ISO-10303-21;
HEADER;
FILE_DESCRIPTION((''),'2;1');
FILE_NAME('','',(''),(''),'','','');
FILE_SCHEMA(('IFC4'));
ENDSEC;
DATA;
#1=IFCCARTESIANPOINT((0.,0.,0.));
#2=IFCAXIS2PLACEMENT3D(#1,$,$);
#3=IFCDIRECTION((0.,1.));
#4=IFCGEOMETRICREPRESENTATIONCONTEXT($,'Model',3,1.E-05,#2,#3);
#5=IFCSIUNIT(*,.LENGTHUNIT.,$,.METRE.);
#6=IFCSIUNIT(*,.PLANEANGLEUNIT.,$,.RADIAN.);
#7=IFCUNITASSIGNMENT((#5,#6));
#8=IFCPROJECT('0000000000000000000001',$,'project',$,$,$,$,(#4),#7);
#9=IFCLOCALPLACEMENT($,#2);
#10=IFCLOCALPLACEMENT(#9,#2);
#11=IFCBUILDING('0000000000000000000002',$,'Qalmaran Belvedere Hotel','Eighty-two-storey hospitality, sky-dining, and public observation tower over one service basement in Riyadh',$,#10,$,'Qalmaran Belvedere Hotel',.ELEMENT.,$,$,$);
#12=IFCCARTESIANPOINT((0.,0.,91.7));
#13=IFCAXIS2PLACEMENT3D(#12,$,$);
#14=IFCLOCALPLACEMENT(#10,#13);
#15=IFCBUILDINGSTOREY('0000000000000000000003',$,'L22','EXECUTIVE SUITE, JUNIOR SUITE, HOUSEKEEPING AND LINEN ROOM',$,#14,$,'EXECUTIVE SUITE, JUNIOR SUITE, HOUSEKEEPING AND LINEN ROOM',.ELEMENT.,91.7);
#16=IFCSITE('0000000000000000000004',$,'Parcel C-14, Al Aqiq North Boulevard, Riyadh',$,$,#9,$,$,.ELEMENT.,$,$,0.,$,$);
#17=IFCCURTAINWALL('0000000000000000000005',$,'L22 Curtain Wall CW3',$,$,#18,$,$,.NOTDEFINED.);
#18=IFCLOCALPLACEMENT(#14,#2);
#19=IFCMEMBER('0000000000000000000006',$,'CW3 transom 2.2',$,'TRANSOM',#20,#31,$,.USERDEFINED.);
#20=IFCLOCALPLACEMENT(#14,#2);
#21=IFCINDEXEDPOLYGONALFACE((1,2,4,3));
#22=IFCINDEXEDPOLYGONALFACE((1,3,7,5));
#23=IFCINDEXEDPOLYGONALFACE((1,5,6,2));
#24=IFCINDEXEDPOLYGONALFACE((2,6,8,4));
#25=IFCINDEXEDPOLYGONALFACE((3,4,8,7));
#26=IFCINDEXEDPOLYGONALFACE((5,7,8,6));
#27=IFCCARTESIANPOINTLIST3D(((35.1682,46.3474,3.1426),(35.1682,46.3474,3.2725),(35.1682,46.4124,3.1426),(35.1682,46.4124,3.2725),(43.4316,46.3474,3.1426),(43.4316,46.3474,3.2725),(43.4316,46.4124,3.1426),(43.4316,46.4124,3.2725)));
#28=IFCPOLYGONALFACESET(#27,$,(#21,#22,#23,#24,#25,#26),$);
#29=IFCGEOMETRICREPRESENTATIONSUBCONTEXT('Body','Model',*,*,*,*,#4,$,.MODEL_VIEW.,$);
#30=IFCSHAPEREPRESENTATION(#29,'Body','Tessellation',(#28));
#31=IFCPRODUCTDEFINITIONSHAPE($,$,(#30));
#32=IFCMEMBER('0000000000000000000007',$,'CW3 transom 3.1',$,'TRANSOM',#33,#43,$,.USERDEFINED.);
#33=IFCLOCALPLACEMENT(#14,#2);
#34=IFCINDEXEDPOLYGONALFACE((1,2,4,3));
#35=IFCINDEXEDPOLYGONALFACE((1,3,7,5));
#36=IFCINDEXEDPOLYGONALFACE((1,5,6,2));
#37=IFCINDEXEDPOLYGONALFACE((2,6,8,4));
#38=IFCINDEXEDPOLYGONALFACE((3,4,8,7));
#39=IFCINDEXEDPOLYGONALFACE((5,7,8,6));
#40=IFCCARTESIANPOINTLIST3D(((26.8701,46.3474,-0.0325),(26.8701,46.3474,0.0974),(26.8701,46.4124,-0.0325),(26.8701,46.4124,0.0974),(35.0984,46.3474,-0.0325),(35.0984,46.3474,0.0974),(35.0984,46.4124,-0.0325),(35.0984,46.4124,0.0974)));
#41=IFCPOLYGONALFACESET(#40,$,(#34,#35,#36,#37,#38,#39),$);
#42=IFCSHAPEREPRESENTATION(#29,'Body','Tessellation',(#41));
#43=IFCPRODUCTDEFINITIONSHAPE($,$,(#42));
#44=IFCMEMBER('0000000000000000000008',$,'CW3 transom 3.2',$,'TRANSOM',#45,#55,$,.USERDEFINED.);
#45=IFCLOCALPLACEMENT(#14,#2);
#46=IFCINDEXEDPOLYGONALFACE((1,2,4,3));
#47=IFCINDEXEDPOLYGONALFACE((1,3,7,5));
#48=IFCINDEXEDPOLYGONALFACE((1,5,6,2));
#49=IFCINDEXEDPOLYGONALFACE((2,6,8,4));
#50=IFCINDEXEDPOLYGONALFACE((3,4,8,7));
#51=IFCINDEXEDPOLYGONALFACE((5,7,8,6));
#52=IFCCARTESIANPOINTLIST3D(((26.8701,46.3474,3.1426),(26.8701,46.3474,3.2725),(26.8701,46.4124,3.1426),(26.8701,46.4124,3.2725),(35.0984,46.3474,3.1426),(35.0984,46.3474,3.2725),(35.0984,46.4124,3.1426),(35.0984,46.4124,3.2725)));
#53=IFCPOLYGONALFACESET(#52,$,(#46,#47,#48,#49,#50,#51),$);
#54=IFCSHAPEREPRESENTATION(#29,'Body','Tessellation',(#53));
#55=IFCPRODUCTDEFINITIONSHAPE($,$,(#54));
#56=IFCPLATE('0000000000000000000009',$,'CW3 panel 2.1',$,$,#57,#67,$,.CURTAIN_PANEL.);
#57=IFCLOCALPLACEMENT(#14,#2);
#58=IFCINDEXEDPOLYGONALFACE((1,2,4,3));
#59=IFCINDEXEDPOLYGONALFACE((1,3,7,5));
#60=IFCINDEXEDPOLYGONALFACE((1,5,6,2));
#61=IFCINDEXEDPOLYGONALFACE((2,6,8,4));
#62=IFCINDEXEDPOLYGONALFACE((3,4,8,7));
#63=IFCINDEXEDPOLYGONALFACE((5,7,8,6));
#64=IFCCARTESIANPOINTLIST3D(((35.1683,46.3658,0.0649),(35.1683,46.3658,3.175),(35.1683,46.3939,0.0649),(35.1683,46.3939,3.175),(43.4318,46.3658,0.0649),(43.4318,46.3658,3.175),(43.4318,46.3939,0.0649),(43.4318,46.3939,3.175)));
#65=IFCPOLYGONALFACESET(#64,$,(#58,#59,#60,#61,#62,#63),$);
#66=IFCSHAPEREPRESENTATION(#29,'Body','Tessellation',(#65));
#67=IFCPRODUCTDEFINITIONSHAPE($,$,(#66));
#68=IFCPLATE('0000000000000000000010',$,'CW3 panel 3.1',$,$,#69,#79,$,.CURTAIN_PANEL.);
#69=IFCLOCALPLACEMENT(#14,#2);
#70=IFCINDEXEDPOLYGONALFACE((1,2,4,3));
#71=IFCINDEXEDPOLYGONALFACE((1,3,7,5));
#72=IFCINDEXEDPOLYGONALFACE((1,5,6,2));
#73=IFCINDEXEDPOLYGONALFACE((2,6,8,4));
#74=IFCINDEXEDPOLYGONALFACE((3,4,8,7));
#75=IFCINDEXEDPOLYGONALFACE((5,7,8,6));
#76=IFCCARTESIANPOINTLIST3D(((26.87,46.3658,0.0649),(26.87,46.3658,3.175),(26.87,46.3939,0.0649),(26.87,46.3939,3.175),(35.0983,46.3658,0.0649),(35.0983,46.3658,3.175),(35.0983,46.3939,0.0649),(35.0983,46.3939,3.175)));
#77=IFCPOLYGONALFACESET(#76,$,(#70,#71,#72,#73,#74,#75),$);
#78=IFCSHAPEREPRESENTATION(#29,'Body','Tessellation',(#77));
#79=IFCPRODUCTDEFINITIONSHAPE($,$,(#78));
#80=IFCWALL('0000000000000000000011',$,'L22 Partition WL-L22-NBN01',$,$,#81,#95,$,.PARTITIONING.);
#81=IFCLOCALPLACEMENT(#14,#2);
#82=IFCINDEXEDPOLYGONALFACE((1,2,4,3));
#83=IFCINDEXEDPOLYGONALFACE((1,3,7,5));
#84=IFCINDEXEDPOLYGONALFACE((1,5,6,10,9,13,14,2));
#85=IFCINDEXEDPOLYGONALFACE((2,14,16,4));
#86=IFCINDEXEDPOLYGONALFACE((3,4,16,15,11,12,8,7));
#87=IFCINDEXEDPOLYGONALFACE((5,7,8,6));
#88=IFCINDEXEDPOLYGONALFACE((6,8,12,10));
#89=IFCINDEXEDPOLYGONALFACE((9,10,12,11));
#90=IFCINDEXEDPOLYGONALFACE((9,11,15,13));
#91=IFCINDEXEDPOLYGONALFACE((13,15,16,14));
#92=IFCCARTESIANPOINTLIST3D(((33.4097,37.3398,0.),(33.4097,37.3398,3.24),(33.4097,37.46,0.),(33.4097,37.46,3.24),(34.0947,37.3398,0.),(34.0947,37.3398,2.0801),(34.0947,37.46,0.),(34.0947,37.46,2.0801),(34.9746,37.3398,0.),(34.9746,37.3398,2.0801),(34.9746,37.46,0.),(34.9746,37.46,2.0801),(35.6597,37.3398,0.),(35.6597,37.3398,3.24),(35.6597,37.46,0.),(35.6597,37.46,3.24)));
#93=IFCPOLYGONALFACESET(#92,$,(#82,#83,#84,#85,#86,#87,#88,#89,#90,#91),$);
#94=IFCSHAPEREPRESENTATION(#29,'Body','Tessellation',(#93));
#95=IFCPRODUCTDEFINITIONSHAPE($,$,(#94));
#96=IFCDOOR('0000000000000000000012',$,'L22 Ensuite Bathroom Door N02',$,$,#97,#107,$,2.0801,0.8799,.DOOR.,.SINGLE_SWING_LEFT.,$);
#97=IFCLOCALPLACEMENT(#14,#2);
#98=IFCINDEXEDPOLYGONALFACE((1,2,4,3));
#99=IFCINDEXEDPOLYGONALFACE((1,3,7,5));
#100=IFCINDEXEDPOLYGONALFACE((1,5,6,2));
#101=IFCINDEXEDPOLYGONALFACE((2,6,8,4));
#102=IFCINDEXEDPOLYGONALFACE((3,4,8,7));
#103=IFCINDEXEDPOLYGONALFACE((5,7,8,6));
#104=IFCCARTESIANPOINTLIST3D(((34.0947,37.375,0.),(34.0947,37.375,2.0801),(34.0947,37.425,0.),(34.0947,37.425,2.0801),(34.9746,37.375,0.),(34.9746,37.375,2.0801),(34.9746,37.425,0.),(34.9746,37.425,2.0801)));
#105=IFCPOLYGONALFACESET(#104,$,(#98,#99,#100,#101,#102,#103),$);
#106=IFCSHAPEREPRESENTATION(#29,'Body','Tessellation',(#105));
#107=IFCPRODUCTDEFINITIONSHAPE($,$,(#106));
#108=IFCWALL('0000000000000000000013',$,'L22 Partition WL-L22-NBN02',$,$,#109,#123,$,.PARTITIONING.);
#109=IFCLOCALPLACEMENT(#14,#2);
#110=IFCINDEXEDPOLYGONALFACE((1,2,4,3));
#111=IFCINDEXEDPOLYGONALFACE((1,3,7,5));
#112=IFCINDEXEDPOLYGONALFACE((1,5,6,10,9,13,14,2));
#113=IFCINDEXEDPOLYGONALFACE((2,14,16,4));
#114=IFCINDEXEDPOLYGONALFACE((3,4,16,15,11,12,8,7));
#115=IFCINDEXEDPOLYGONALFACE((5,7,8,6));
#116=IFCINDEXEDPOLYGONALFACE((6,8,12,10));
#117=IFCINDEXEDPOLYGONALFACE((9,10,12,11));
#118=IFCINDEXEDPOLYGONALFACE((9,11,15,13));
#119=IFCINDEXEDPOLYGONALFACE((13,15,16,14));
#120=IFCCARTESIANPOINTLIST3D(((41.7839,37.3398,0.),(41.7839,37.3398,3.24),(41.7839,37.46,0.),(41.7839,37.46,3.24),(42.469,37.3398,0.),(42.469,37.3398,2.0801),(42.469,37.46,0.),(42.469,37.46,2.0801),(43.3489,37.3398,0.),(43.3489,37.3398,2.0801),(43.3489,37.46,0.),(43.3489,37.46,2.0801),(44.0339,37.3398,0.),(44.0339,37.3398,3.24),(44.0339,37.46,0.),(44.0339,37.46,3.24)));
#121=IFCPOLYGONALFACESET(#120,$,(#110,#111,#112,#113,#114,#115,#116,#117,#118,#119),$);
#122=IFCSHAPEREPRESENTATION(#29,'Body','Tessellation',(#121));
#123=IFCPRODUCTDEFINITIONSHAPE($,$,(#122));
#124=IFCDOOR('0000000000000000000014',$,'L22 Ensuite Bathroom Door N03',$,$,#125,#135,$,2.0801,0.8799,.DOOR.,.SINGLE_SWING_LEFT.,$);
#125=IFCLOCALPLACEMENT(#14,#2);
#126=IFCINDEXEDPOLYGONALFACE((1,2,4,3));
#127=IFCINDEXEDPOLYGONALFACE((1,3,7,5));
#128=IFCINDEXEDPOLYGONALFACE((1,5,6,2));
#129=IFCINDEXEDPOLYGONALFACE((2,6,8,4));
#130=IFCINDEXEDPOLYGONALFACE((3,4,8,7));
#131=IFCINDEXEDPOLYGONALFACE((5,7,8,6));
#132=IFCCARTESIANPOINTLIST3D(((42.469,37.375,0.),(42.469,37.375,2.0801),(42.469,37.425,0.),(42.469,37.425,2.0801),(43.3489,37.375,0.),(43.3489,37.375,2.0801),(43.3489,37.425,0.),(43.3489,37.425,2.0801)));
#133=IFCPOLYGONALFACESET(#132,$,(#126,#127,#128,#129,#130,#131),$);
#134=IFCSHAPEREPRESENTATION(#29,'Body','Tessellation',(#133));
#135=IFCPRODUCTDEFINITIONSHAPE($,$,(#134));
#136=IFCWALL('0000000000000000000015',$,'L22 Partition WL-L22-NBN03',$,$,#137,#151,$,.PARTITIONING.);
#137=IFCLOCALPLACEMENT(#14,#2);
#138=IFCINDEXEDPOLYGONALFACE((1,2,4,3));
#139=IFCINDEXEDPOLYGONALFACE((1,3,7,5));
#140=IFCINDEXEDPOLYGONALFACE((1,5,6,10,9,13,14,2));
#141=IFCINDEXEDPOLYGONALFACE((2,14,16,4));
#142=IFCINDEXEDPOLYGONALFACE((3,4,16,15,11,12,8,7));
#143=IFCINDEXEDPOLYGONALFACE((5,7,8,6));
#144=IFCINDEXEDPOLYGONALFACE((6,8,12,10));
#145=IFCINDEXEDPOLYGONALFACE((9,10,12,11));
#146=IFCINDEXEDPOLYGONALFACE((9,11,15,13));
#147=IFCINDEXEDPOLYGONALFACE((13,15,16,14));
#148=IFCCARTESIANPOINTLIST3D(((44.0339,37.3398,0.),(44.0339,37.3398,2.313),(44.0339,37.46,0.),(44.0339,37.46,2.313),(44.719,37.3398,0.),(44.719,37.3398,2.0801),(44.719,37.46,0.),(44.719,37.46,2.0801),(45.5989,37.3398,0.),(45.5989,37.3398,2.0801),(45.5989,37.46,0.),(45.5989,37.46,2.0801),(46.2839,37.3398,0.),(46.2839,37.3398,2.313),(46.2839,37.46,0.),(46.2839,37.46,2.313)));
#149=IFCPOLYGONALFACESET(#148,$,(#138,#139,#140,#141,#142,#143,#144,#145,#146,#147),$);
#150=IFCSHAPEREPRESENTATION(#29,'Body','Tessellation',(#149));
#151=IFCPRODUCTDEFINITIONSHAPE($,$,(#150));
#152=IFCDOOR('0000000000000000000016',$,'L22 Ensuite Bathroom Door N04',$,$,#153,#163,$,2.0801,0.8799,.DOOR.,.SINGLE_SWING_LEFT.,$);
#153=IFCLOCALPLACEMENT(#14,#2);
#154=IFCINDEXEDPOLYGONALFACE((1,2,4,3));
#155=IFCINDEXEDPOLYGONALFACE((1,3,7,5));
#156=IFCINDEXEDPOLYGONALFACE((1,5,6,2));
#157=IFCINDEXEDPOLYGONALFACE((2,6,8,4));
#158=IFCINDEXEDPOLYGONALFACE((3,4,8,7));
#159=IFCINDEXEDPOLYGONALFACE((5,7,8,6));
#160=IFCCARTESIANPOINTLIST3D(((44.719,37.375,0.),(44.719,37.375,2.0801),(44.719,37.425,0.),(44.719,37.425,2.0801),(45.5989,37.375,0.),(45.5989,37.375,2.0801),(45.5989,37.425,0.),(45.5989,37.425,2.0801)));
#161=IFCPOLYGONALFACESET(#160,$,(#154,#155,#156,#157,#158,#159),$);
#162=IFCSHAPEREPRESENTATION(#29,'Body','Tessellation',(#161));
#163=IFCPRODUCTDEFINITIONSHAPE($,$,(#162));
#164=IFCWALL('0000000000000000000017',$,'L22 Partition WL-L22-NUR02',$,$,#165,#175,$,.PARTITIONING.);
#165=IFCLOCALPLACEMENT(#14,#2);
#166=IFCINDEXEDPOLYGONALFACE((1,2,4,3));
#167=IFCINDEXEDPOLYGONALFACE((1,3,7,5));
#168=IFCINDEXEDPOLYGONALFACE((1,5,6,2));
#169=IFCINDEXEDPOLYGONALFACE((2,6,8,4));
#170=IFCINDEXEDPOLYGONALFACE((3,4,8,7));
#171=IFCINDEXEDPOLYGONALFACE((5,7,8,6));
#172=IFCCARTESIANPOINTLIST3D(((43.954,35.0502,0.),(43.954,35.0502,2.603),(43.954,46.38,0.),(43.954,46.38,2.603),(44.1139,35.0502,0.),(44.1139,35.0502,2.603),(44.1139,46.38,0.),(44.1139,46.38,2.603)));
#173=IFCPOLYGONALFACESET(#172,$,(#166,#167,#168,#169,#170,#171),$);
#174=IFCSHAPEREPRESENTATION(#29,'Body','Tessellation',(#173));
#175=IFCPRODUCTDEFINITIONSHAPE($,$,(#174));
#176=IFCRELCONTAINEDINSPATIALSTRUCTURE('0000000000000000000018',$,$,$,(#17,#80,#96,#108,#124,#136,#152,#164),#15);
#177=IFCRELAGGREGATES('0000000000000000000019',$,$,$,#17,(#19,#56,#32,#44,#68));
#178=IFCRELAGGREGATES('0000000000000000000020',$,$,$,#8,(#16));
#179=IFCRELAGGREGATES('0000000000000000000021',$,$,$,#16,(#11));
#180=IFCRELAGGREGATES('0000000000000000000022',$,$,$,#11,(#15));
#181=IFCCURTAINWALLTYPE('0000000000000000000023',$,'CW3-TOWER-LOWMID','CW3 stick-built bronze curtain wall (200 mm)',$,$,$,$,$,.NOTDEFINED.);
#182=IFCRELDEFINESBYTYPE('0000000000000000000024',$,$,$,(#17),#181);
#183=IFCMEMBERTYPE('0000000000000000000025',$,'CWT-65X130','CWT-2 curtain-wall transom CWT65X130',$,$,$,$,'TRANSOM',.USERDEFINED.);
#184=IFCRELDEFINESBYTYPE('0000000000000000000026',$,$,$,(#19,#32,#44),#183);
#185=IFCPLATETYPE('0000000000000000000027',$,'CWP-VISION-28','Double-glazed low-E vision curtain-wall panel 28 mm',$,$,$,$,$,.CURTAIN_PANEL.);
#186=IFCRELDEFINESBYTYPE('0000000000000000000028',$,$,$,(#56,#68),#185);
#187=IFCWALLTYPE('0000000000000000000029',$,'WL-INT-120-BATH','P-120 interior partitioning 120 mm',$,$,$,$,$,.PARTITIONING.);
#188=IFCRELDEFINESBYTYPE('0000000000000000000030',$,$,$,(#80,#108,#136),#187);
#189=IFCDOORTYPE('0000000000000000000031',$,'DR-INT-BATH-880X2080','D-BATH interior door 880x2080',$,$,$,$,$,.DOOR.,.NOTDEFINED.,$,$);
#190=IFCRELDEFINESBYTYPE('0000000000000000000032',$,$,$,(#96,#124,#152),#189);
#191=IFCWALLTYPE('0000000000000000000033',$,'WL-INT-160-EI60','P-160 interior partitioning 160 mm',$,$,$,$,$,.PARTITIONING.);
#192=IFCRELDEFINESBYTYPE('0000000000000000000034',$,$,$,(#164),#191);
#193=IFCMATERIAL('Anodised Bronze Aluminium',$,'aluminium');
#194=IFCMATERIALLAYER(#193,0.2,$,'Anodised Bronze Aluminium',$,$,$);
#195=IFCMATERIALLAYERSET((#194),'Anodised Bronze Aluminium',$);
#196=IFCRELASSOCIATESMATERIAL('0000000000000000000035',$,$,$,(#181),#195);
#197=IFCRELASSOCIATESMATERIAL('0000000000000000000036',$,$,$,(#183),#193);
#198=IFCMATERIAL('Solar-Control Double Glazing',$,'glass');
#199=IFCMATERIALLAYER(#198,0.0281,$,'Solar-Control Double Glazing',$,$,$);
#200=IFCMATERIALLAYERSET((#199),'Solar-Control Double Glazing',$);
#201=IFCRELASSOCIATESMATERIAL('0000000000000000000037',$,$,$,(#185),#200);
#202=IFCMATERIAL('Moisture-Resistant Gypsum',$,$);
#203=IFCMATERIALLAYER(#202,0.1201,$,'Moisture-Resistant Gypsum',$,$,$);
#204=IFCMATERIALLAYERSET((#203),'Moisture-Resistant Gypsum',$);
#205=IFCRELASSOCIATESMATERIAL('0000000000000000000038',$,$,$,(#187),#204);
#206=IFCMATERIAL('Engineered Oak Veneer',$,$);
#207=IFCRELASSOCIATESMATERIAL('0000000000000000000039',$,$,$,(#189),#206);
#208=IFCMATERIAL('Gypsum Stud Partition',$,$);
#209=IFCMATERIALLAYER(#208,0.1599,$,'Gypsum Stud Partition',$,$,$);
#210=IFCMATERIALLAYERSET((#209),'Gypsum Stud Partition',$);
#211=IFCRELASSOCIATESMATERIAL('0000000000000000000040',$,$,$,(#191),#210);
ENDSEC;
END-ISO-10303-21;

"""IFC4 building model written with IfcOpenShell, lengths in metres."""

from ifc_helpers import new_model, si_unit, direction, frame, frame_2d, origin, origin_2d, place, context, subcontext, project, spatial, rectangle, extrude, material, layer, layer_set, material_profile, profile_set, type_object, element, fill, aggregate, save


model = new_model("IFC4")

# Units and contexts
model_context = context("Model", 3, precision=1e-05, world=origin(), true_north=direction((0.0, 1.0)))
body_context = subcontext(model_context, "Body", "Model", "MODEL_VIEW")
ifc_project = project(units=[si_unit("LENGTHUNIT", "METRE"), si_unit("PLANEANGLEUNIT", "RADIAN")], contexts=[model_context])

# Site, building, storey
site_placement = place(None, origin())
site = spatial("IfcSite", under=ifc_project, at=site_placement, Name="Parcel C-14, Al Aqiq North Boulevard, Riyadh", CompositionType="ELEMENT", RefElevation=0.0)
building_placement = place(site_placement, origin())
building = spatial("IfcBuilding", under=site, at=building_placement, Name="Qalmaran Belvedere Hotel", Description="Eighty-two-storey hospitality, sky-dining, and public observation tower over one service basement in Riyadh", LongName="Qalmaran Belvedere Hotel", CompositionType="ELEMENT")
storey_placement = place(building_placement, frame((0.0, 0.0, 91.7)))
storey = spatial("IfcBuildingStorey", under=building, at=storey_placement, Name="L22", Description="EXECUTIVE SUITE, JUNIOR SUITE, HOUSEKEEPING AND LINEN ROOM", LongName="EXECUTIVE SUITE, JUNIOR SUITE, HOUSEKEEPING AND LINEN ROOM", CompositionType="ELEMENT", Elevation=91.7)

# Curtain wall, members, plates
ifc_material_1 = material(Name="Anodised Bronze Aluminium", Category="aluminium")
ifc_layer_1 = layer(ifc_material_1, 0.2, Name="Anodised Bronze Aluminium")
ifc_layer_set_1 = layer_set([ifc_layer_1], Name="Anodised Bronze Aluminium")
curtain_wall_type = type_object("IfcCurtainWallType", Name="CW3-TOWER-LOWMID", Description="CW3 stick-built bronze curtain wall (200 mm)", PredefinedType="NOTDEFINED", material=ifc_layer_set_1)
curtain_wall_placement = place(storey_placement, origin())
curtain_wall = element("IfcCurtainWall", 1, at=curtain_wall_placement, inside=storey, type_object=curtain_wall_type, Name="L22 Curtain Wall CW3", PredefinedType="NOTDEFINED")
ifc_material_profile_1 = material_profile(ifc_material_1, rectangle(XDim=0.0649, YDim=0.1299, at=origin_2d()), Name="CWT65X130")
ifc_profile_set_1 = profile_set([ifc_material_profile_1], Name="Anodised Bronze Aluminium")
member_type_1 = type_object("IfcMemberType", Name="CWT-65X130", Description="CWT-2 curtain-wall transom CWT65X130", ElementType="TRANSOM", PredefinedType="USERDEFINED", material=ifc_profile_set_1)
member_1_placement = place(storey_placement, frame((43.4316, 46.3799, 3.2075), z_axis=(-1.0, 0.0, 0.0), x_axis=(0.0, -1.0, 0.0)))
member_1 = element("IfcMember", 2, at=member_1_placement, type_object=member_type_1, Name="CW3 transom 2.2", ObjectType="TRANSOM", PredefinedType="USERDEFINED", context=body_context, shape_type="SweptSolid", body=[
    extrude(rectangle(XDim=0.0649, YDim=0.1299, at=origin_2d()), origin(), (0.0, 0.0, 1.0), 8.2634),
])
member_2_placement = place(storey_placement, frame((35.0984, 46.3799, 0.0325), z_axis=(-1.0, 0.0, 0.0), x_axis=(0.0, -1.0, 0.0)))
member_2 = element("IfcMember", 3, at=member_2_placement, type_object=member_type_1, Name="CW3 transom 3.1", ObjectType="TRANSOM", PredefinedType="USERDEFINED", context=body_context, shape_type="SweptSolid", body=[
    extrude(rectangle(XDim=0.0649, YDim=0.1299, at=origin_2d()), origin(), (0.0, 0.0, 1.0), 8.2283),
])
member_3_placement = place(storey_placement, frame((35.0984, 46.3799, 3.2075), z_axis=(-1.0, 0.0, 0.0), x_axis=(0.0, -1.0, 0.0)))
member_3 = element("IfcMember", 4, at=member_3_placement, type_object=member_type_1, Name="CW3 transom 3.2", ObjectType="TRANSOM", PredefinedType="USERDEFINED", context=body_context, shape_type="SweptSolid", body=[
    extrude(rectangle(XDim=0.0649, YDim=0.1299, at=origin_2d()), origin(), (0.0, 0.0, 1.0), 8.2283),
])
ifc_material_2 = material(Name="Solar-Control Double Glazing", Category="glass")
ifc_layer_2 = layer(ifc_material_2, 0.0281, Name="Solar-Control Double Glazing")
ifc_layer_set_2 = layer_set([ifc_layer_2], Name="Solar-Control Double Glazing")
plate_type = type_object("IfcPlateType", Name="CWP-VISION-28", Description="Double-glazed low-E vision curtain-wall panel 28 mm", PredefinedType="CURTAIN_PANEL", material=ifc_layer_set_2)
plate_1_placement = place(storey_placement, frame((39.3, 46.3799, 0.0649), z_axis=(0.0, 0.0, 1.0), x_axis=(-1.0, 0.0, 0.0)))
plate_1 = element("IfcPlate", 5, at=plate_1_placement, type_object=plate_type, Name="CW3 panel 2.1", PredefinedType="CURTAIN_PANEL", context=body_context, shape_type="SweptSolid", body=[
    extrude(rectangle(XDim=8.2634, YDim=0.0281, at=origin_2d()), origin(), (0.0, 0.0, 1.0), 3.1101),
])
plate_2_placement = place(storey_placement, frame((30.9841, 46.3799, 0.0649), z_axis=(0.0, 0.0, 1.0), x_axis=(-1.0, 0.0, 0.0)))
plate_2 = element("IfcPlate", 6, at=plate_2_placement, type_object=plate_type, Name="CW3 panel 3.1", PredefinedType="CURTAIN_PANEL", context=body_context, shape_type="SweptSolid", body=[
    extrude(rectangle(XDim=8.2283, YDim=0.0281, at=origin_2d()), origin(), (0.0, 0.0, 1.0), 3.1101),
])
aggregate(curtain_wall, [member_1, plate_1, member_2, member_3, plate_2])

# Walls, openings, doors
ifc_material_3 = material(Name="Moisture-Resistant Gypsum")
ifc_layer_3 = layer(ifc_material_3, 0.1201, Name="Moisture-Resistant Gypsum")
ifc_layer_set_3 = layer_set([ifc_layer_3], Name="Moisture-Resistant Gypsum")
wall_type_1 = type_object("IfcWallType", Name="WL-INT-120-BATH", Description="P-120 interior partitioning 120 mm", PredefinedType="PARTITIONING", material=ifc_layer_set_3)
wall_1_placement = place(storey_placement, frame((33.4097, 37.3999, 0.0), z_axis=(0.0, 0.0, 1.0), x_axis=(1.0, 0.0, 0.0)))
wall_1 = element("IfcWall", 7, at=wall_1_placement, inside=storey, type_object=wall_type_1, Name="L22 Partition WL-L22-NBN01", PredefinedType="PARTITIONING", context=body_context, shape_type="SweptSolid", body=[
    extrude(rectangle(XDim=2.25, YDim=0.1201, at=frame_2d((1.125, 0.0))), origin(), (0.0, 0.0, 1.0), 3.24),
])
opening_1_placement = place(wall_1_placement, frame((1.5649, 0.0, 0.0), z_axis=(0.0, 0.0, 1.0), x_axis=(-1.0, 0.0, 0.0)))
opening_1 = element("IfcOpeningElement", 8, at=opening_1_placement, cuts=wall_1, PredefinedType="OPENING", context=body_context, shape_type="SweptSolid", body=[
    extrude(rectangle(XDim=0.8799, YDim=2.0801, at=frame_2d((0.4399, 1.04))), frame((0.0, 0.0701, 0.0), z_axis=(0.0, -1.0, 0.0), x_axis=(1.0, 0.0, 0.0)), (0.0, 0.0, 1.0), 0.1401),
])
ifc_material_4 = material(Name="Engineered Oak Veneer")
door_type = type_object("IfcDoorType", Name="DR-INT-BATH-880X2080", Description="D-BATH interior door 880x2080", OperationType="NOTDEFINED", PredefinedType="DOOR", material=ifc_material_4)
door_1_placement = place(opening_1_placement, origin())
door_1 = element("IfcDoor", 9, at=door_1_placement, inside=storey, type_object=door_type, Name="L22 Ensuite Bathroom Door N02", OperationType="SINGLE_SWING_LEFT", OverallHeight=2.0801, OverallWidth=0.8799, PredefinedType="DOOR", context=body_context, shape_type="SweptSolid", body=[
    extrude(rectangle(XDim=0.8799, YDim=2.0801, at=frame_2d((0.4399, 1.04))), frame((0.0, 0.0249, 0.0), z_axis=(0.0, -1.0, 0.0), x_axis=(1.0, 0.0, 0.0)), (0.0, 0.0, 1.0), 0.05),
])
fill(opening_1, door_1)
wall_2_placement = place(storey_placement, frame((41.7839, 37.3999, 0.0), z_axis=(0.0, 0.0, 1.0), x_axis=(1.0, 0.0, 0.0)))
wall_2 = element("IfcWall", 10, at=wall_2_placement, inside=storey, type_object=wall_type_1, Name="L22 Partition WL-L22-NBN02", PredefinedType="PARTITIONING", context=body_context, shape_type="SweptSolid", body=[
    extrude(rectangle(XDim=2.25, YDim=0.1201, at=frame_2d((1.125, 0.0))), origin(), (0.0, 0.0, 1.0), 3.24),
])
opening_2_placement = place(wall_2_placement, frame((1.5649, 0.0, 0.0), z_axis=(0.0, 0.0, 1.0), x_axis=(-1.0, 0.0, 0.0)))
opening_2 = element("IfcOpeningElement", 11, at=opening_2_placement, cuts=wall_2, PredefinedType="OPENING", context=body_context, shape_type="SweptSolid", body=[
    extrude(rectangle(XDim=0.8799, YDim=2.0801, at=frame_2d((0.4399, 1.04))), frame((0.0, 0.0701, 0.0), z_axis=(0.0, -1.0, 0.0), x_axis=(1.0, 0.0, 0.0)), (0.0, 0.0, 1.0), 0.1401),
])
door_2_placement = place(opening_2_placement, origin())
door_2 = element("IfcDoor", 12, at=door_2_placement, inside=storey, type_object=door_type, Name="L22 Ensuite Bathroom Door N03", OperationType="SINGLE_SWING_LEFT", OverallHeight=2.0801, OverallWidth=0.8799, PredefinedType="DOOR", context=body_context, shape_type="SweptSolid", body=[
    extrude(rectangle(XDim=0.8799, YDim=2.0801, at=frame_2d((0.4399, 1.04))), frame((0.0, 0.0249, 0.0), z_axis=(0.0, -1.0, 0.0), x_axis=(1.0, 0.0, 0.0)), (0.0, 0.0, 1.0), 0.05),
])
fill(opening_2, door_2)
wall_3_placement = place(storey_placement, frame((44.0339, 37.3999, 0.0), z_axis=(0.0, 0.0, 1.0), x_axis=(1.0, 0.0, 0.0)))
wall_3 = element("IfcWall", 13, at=wall_3_placement, inside=storey, type_object=wall_type_1, Name="L22 Partition WL-L22-NBN03", PredefinedType="PARTITIONING", context=body_context, shape_type="SweptSolid", body=[
    extrude(rectangle(XDim=2.25, YDim=0.1201, at=frame_2d((1.125, 0.0))), origin(), (0.0, 0.0, 1.0), 2.313),
])
opening_3_placement = place(wall_3_placement, frame((1.5649, 0.0, 0.0), z_axis=(0.0, 0.0, 1.0), x_axis=(-1.0, 0.0, 0.0)))
opening_3 = element("IfcOpeningElement", 14, at=opening_3_placement, cuts=wall_3, PredefinedType="OPENING", context=body_context, shape_type="SweptSolid", body=[
    extrude(rectangle(XDim=0.8799, YDim=2.0801, at=frame_2d((0.4399, 1.04))), frame((0.0, 0.0701, 0.0), z_axis=(0.0, -1.0, 0.0), x_axis=(1.0, 0.0, 0.0)), (0.0, 0.0, 1.0), 0.1401),
])
door_3_placement = place(opening_3_placement, origin())
door_3 = element("IfcDoor", 15, at=door_3_placement, inside=storey, type_object=door_type, Name="L22 Ensuite Bathroom Door N04", OperationType="SINGLE_SWING_LEFT", OverallHeight=2.0801, OverallWidth=0.8799, PredefinedType="DOOR", context=body_context, shape_type="SweptSolid", body=[
    extrude(rectangle(XDim=0.8799, YDim=2.0801, at=frame_2d((0.4399, 1.04))), frame((0.0, 0.0249, 0.0), z_axis=(0.0, -1.0, 0.0), x_axis=(1.0, 0.0, 0.0)), (0.0, 0.0, 1.0), 0.05),
])
fill(opening_3, door_3)

# Wall
ifc_material_5 = material(Name="Gypsum Stud Partition")
ifc_layer_4 = layer(ifc_material_5, 0.1599, Name="Gypsum Stud Partition")
ifc_layer_set_4 = layer_set([ifc_layer_4], Name="Gypsum Stud Partition")
wall_type_2 = type_object("IfcWallType", Name="WL-INT-160-EI60", Description="P-160 interior partitioning 160 mm", PredefinedType="PARTITIONING", material=ifc_layer_set_4)
wall_4_placement = place(storey_placement, frame((44.0339, 35.05, 0.0), z_axis=(0.0, 0.0, 1.0), x_axis=(0.0, 1.0, 0.0)))
element("IfcWall", 16, at=wall_4_placement, inside=storey, type_object=wall_type_2, Name="L22 Partition WL-L22-NUR02", PredefinedType="PARTITIONING", context=body_context, shape_type="SweptSolid", body=[
    extrude(rectangle(XDim=11.3298, YDim=0.1599, at=frame_2d((5.665, 0.0))), origin(), (0.0, 0.0, 1.0), 2.603),
])

save(model, "model.ifc")
